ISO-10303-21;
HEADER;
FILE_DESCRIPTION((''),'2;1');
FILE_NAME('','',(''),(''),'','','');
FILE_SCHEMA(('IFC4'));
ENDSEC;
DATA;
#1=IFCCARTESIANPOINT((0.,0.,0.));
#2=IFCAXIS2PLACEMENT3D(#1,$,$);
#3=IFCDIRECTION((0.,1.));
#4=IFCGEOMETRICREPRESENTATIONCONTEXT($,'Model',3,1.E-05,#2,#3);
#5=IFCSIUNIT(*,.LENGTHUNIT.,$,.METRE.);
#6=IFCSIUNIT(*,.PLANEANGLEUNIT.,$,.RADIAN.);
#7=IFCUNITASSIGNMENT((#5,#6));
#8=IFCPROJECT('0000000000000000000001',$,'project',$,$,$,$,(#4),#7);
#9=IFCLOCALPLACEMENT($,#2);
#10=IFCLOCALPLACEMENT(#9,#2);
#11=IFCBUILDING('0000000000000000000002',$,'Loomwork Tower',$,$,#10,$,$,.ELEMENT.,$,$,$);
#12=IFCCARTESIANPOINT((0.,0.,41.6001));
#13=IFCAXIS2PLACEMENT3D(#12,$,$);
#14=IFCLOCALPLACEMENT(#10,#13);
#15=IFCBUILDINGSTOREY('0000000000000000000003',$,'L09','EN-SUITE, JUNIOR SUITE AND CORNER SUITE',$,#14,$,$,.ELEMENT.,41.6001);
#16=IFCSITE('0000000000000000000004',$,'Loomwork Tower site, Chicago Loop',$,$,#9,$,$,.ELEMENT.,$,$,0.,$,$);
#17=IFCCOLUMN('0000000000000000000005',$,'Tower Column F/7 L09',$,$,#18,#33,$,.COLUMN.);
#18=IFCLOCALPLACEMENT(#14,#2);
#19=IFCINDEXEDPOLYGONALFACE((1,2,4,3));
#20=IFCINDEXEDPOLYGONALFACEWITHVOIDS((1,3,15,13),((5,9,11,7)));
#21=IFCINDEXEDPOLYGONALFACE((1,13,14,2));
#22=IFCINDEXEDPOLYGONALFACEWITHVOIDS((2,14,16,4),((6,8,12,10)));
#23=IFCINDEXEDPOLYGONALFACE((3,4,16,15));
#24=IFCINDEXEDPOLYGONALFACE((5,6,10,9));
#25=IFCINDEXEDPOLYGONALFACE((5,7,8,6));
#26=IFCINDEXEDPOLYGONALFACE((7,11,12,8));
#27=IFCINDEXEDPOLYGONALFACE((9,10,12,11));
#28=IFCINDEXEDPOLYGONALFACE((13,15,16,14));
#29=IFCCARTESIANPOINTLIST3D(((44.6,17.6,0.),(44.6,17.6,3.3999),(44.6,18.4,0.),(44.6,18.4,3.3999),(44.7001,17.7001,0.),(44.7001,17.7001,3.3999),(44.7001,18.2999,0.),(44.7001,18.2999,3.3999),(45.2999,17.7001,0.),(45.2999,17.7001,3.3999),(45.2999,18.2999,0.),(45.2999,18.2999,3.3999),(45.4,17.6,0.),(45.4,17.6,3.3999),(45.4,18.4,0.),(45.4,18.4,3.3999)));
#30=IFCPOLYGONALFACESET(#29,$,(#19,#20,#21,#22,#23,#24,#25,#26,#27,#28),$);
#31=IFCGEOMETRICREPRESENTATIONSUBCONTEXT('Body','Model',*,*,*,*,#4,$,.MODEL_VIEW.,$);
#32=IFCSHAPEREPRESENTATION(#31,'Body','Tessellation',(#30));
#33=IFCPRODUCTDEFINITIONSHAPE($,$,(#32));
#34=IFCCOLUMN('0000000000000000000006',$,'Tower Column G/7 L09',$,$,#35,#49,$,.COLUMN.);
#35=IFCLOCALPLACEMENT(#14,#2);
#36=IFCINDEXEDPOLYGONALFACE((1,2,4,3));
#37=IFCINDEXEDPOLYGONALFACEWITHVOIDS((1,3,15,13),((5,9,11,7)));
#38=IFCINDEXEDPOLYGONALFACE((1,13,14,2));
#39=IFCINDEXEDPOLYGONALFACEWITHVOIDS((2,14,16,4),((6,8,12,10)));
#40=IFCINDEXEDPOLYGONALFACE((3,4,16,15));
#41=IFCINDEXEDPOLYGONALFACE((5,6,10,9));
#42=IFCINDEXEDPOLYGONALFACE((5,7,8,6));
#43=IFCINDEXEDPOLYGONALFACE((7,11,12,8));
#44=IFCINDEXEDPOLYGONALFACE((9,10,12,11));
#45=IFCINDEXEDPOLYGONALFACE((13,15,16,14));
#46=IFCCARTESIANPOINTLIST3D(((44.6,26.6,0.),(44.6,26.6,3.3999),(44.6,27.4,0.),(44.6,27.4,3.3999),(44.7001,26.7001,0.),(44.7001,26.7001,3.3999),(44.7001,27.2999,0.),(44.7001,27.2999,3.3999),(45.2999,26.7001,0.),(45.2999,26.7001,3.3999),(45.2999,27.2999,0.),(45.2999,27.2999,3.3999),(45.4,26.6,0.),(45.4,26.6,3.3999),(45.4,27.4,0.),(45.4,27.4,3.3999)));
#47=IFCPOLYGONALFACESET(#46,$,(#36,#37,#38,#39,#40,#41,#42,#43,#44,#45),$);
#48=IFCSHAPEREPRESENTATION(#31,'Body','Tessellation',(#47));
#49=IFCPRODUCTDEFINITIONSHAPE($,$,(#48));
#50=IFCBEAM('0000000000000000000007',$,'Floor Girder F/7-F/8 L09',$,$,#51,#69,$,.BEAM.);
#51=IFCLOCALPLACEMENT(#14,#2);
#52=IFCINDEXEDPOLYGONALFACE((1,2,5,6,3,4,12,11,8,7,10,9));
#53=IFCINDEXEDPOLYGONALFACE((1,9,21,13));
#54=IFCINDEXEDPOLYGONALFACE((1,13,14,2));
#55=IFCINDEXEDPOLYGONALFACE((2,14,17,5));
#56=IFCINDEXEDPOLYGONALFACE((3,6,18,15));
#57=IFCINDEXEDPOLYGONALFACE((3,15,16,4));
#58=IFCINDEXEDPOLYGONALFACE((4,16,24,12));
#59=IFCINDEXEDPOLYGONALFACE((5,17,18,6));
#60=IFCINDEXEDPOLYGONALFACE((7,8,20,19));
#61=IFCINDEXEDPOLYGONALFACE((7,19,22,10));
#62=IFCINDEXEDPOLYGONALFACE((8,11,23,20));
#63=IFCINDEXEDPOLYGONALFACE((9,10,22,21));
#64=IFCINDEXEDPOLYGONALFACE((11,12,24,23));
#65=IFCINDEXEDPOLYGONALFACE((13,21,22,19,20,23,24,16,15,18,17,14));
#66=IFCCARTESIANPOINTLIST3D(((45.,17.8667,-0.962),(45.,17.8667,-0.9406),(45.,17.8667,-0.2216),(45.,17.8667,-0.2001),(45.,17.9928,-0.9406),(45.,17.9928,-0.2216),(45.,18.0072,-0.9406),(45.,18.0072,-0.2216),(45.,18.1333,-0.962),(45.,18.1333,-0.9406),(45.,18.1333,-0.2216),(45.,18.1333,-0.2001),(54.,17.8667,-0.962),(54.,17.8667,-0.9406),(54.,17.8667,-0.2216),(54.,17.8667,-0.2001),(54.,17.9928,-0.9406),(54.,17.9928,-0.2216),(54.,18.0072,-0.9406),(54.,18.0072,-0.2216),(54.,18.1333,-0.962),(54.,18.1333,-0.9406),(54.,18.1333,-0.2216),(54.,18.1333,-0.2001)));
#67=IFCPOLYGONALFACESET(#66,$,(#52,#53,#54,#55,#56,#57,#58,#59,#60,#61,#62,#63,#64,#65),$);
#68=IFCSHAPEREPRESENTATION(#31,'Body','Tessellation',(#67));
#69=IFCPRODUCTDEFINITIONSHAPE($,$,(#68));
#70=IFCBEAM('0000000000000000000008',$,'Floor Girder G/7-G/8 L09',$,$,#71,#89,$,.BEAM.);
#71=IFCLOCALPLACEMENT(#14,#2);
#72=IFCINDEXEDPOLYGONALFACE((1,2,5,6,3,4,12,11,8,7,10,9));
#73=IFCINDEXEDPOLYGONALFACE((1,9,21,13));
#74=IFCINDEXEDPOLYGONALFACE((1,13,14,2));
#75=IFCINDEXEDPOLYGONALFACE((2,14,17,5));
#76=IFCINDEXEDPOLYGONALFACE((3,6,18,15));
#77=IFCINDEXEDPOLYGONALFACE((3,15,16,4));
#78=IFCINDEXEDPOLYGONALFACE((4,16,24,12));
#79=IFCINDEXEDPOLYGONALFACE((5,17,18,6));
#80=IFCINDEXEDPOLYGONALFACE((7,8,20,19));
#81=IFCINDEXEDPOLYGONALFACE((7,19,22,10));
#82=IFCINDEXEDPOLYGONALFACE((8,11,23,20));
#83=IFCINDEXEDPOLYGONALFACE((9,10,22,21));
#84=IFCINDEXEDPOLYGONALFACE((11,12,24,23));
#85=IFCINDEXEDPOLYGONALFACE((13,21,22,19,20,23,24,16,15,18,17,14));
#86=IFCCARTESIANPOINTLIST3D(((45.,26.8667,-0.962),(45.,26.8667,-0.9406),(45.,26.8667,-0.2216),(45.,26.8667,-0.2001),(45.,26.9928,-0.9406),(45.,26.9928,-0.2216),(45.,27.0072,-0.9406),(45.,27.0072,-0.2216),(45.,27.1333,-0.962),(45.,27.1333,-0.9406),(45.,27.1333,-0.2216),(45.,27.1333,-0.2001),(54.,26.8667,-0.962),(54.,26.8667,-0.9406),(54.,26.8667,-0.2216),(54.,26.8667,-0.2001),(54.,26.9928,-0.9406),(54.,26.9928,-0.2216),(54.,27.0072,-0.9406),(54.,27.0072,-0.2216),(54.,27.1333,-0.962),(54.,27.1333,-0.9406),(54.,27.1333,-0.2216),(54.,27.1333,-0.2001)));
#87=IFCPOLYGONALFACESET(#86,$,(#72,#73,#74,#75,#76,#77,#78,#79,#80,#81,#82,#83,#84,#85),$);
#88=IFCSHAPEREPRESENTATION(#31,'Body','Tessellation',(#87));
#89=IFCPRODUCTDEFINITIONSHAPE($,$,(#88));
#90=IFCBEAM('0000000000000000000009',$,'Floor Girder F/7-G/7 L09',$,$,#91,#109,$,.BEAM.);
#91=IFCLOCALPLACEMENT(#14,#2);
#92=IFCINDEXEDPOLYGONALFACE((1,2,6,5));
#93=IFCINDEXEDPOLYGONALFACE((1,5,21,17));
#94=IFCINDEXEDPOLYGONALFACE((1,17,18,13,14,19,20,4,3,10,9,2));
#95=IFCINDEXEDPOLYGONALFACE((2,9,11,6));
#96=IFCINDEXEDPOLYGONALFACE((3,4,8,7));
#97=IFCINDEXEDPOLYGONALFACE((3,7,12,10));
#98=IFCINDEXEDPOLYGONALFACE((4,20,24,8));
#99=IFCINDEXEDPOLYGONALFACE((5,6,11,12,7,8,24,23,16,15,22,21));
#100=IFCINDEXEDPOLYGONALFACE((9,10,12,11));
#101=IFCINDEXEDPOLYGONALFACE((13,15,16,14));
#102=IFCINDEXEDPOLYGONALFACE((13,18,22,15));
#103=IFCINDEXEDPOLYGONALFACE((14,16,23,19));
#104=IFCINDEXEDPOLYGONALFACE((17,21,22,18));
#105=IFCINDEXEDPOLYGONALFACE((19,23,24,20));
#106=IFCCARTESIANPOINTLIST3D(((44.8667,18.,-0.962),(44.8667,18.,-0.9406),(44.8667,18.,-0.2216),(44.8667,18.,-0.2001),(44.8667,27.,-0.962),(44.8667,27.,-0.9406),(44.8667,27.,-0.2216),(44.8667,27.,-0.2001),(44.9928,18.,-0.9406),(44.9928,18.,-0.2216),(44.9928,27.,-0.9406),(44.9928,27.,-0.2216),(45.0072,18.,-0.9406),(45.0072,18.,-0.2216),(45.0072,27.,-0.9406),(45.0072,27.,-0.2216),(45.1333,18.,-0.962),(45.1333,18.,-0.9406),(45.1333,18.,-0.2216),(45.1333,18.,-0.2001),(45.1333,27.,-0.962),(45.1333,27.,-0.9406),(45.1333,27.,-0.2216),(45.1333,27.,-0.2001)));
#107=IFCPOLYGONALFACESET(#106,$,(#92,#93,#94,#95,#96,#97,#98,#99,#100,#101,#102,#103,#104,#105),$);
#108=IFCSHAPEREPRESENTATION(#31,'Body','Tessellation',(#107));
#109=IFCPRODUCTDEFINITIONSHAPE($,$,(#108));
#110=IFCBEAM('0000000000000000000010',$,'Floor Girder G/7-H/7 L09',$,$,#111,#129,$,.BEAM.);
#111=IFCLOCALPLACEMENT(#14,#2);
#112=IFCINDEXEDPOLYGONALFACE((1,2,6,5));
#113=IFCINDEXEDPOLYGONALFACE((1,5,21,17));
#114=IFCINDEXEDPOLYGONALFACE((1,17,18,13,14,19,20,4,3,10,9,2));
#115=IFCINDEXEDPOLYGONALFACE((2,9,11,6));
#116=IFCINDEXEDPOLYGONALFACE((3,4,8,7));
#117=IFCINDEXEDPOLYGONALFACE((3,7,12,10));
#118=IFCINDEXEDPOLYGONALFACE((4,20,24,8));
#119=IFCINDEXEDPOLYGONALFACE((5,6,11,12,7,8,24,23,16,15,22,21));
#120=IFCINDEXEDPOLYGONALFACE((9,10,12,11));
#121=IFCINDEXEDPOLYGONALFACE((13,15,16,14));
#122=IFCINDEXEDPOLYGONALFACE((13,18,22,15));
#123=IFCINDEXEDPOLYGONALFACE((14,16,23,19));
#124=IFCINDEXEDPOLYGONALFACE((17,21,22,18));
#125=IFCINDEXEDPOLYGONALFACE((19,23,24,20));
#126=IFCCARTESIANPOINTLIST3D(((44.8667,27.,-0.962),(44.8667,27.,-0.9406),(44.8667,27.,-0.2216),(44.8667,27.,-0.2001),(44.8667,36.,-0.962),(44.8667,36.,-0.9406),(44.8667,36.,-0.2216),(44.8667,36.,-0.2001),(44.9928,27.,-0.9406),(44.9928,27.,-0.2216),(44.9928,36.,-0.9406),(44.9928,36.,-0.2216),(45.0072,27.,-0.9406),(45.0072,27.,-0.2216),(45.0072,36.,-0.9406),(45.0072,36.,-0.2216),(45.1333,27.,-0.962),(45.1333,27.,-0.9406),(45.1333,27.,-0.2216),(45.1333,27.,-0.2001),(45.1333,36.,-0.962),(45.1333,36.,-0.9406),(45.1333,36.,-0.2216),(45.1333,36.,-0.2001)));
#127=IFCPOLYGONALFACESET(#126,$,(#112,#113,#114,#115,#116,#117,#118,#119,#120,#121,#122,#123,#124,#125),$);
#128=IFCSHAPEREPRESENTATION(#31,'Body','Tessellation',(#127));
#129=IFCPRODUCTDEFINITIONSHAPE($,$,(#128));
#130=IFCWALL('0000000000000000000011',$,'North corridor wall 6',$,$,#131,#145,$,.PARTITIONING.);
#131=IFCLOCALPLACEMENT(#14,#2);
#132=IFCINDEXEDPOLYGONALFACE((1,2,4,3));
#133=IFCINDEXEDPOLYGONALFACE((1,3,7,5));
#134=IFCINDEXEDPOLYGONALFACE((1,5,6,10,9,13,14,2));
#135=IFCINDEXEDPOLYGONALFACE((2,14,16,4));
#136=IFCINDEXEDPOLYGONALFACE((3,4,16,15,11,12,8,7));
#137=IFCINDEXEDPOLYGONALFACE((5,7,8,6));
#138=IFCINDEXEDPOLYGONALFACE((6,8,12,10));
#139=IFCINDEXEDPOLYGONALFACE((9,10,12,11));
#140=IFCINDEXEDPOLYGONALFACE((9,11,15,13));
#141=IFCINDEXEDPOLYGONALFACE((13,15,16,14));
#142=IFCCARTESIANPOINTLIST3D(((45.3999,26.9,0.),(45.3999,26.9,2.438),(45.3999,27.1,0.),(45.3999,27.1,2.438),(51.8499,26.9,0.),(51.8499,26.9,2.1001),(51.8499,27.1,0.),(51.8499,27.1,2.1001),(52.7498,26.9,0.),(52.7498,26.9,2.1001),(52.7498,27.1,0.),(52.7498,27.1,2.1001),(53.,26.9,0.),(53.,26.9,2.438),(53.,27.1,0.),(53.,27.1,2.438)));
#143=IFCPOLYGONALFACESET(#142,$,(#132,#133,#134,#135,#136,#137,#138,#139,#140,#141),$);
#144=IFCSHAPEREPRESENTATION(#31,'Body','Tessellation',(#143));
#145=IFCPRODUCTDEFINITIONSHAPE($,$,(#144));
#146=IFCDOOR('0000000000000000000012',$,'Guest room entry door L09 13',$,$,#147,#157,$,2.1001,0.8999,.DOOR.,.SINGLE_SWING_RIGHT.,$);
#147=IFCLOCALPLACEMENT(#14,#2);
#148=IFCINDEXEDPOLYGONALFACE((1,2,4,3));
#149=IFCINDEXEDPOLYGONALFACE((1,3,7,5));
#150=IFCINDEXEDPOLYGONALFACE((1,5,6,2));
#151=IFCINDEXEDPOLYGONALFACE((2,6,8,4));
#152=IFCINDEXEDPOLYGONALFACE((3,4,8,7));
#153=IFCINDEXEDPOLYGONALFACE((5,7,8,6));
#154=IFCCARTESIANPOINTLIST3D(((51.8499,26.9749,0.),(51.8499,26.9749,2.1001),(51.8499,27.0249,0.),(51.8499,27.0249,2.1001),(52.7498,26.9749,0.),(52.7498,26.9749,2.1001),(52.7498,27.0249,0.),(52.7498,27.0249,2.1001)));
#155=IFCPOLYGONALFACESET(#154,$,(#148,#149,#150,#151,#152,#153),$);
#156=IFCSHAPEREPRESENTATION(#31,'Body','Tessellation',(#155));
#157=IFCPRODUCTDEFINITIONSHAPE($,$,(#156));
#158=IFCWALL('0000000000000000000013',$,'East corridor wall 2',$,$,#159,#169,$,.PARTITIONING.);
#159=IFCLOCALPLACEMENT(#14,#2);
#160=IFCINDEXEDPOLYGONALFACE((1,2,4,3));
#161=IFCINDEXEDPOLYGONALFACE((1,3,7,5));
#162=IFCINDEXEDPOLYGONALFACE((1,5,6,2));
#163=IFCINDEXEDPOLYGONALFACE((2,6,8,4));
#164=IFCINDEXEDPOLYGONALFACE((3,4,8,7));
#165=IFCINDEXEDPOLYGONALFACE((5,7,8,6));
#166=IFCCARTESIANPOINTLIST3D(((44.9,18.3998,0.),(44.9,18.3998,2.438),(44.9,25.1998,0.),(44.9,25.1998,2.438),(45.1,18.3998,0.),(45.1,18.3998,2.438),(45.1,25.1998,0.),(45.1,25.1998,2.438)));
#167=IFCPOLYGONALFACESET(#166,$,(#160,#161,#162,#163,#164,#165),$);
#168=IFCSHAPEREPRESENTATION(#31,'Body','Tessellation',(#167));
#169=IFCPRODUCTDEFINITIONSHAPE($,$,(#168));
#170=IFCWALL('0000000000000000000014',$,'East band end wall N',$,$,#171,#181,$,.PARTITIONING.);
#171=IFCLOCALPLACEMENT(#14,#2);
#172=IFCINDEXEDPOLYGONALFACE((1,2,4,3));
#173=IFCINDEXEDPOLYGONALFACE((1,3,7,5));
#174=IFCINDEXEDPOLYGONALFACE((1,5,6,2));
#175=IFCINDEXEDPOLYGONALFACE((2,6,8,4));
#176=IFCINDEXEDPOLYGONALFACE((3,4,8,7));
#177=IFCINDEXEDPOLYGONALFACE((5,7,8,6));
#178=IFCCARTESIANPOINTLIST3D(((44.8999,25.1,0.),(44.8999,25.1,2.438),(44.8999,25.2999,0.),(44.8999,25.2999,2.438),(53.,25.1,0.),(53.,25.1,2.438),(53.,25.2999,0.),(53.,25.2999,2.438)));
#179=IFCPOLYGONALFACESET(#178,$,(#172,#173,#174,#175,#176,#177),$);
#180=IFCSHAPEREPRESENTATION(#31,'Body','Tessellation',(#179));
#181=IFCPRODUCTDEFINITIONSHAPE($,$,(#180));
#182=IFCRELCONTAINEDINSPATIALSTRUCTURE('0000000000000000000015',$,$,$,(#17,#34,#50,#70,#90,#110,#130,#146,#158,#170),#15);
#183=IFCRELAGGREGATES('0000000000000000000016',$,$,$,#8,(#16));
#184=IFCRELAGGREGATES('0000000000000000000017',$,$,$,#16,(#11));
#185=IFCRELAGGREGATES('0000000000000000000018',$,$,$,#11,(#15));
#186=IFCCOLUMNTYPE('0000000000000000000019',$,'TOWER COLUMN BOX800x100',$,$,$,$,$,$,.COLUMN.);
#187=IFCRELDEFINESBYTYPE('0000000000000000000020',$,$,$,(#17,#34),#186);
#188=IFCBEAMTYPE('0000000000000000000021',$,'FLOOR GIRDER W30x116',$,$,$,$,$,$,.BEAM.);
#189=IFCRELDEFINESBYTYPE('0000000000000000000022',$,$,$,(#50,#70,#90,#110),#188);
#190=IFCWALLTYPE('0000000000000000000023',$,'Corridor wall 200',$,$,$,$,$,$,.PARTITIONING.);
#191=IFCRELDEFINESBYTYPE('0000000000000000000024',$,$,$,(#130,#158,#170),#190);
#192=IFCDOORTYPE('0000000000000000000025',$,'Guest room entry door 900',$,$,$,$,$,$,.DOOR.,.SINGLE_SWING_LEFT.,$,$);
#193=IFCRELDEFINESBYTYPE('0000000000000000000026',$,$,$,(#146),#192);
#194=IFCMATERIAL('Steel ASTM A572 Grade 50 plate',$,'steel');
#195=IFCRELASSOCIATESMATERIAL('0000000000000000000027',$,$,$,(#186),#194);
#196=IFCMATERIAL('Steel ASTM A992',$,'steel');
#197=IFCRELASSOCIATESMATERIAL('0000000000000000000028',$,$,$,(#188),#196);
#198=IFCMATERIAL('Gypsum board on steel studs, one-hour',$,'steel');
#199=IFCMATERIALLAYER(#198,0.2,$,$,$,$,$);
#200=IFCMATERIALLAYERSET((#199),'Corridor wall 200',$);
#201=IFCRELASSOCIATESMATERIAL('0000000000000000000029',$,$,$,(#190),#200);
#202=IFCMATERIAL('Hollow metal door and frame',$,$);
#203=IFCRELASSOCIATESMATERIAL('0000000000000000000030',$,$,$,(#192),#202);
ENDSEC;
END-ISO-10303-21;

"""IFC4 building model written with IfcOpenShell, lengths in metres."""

from ifc_helpers import new_model, si_unit, direction, frame, frame_2d, origin, origin_2d, place, context, subcontext, project, spatial, rectangle, hollow_rectangle, i_section, extrude, material, layer, layer_set, material_profile, profile_set, type_object, element, fill, save


model = new_model("IFC4")

# Units and contexts
model_context = context("Model", 3, precision=1e-05, world=origin(), true_north=direction((0.0, 1.0)))
body_context = subcontext(model_context, "Body", "Model", "MODEL_VIEW")
ifc_project = project(units=[si_unit("LENGTHUNIT", "METRE"), si_unit("PLANEANGLEUNIT", "RADIAN")], contexts=[model_context])

# Site, building, storey
site_placement = place(None, origin())
site = spatial("IfcSite", under=ifc_project, at=site_placement, Name="Loomwork Tower site, Chicago Loop", CompositionType="ELEMENT", RefElevation=0.0)
building_placement = place(site_placement, origin())
building = spatial("IfcBuilding", under=site, at=building_placement, Name="Loomwork Tower", CompositionType="ELEMENT")
storey_placement = place(building_placement, frame((0.0, 0.0, 41.6001)))
storey = spatial("IfcBuildingStorey", under=building, at=storey_placement, Name="L09", Description="EN-SUITE, JUNIOR SUITE AND CORNER SUITE", CompositionType="ELEMENT", Elevation=41.6001)

# Columns
ifc_material_1 = material(Name="Steel ASTM A572 Grade 50 plate", Category="steel")
ifc_material_profile_1 = material_profile(ifc_material_1, hollow_rectangle(XDim=0.8, YDim=0.8, WallThickness=0.1001, at=origin_2d()), Name="BOX800x100")
ifc_profile_set_1 = profile_set([ifc_material_profile_1], Name="Steel ASTM A572 Grade 50 plate")
column_type = type_object("IfcColumnType", Name="TOWER COLUMN BOX800x100", PredefinedType="COLUMN", material=ifc_profile_set_1)
for number, where, z_axis, x_axis, name in (
    (1, (45.0, 18.0, 0.0), (0.0, 0.0, 1.0), (0.0, 1.0, 0.0), "Tower Column F/7 L09"),
    (2, (45.0, 27.0, 0.0), (0.0, 0.0, 1.0), (0.0, 1.0, 0.0), "Tower Column G/7 L09"),
):
    element("IfcColumn", number, at=place(storey_placement, frame(where, z_axis=z_axis, x_axis=x_axis)), inside=storey, type_object=column_type, Name=name, PredefinedType="COLUMN", context=body_context, shape_type="SweptSolid", body=[
        extrude(hollow_rectangle(XDim=0.8, YDim=0.8, WallThickness=0.1001, at=origin_2d()), origin(), (0.0, 0.0, 1.0), 3.3999),
    ])

# Beams
ifc_material_2 = material(Name="Steel ASTM A992", Category="steel")
ifc_material_profile_2 = material_profile(ifc_material_2, i_section(OverallWidth=0.2666, OverallDepth=0.762, WebThickness=0.0144, FlangeThickness=0.0215, at=origin_2d()), Name="W30x116")
ifc_profile_set_2 = profile_set([ifc_material_profile_2], Name="Steel ASTM A992")
beam_type = type_object("IfcBeamType", Name="FLOOR GIRDER W30x116", PredefinedType="BEAM", material=ifc_profile_set_2)
for number, where, z_axis, x_axis, name in (
    (3, (45.0, 18.0, -0.5811), (1.0, 0.0, 0.0), (0.0, 1.0, 0.0), "Floor Girder F/7-F/8 L09"),
    (4, (45.0, 27.0, -0.5811), (1.0, 0.0, 0.0), (0.0, 1.0, 0.0), "Floor Girder G/7-G/8 L09"),
    (5, (45.0, 18.0, -0.5811), (0.0, 1.0, 0.0), (-1.0, 0.0, 0.0), "Floor Girder F/7-G/7 L09"),
    (6, (45.0, 27.0, -0.5811), (0.0, 1.0, 0.0), (-1.0, 0.0, 0.0), "Floor Girder G/7-H/7 L09"),
):
    element("IfcBeam", number, at=place(storey_placement, frame(where, z_axis=z_axis, x_axis=x_axis)), inside=storey, type_object=beam_type, Name=name, PredefinedType="BEAM", context=body_context, shape_type="SweptSolid", body=[
        extrude(i_section(OverallWidth=0.2666, OverallDepth=0.762, WebThickness=0.0144, FlangeThickness=0.0215, at=origin_2d()), origin(), (0.0, 0.0, 1.0), 9.0),
    ])

# Wall, opening, door
ifc_material_3 = material(Name="Gypsum board on steel studs, one-hour", Category="steel")
ifc_layer_1 = layer(ifc_material_3, 0.2)
ifc_layer_set_1 = layer_set([ifc_layer_1], Name="Corridor wall 200")
wall_type_1 = type_object("IfcWallType", Name="Corridor wall 200", PredefinedType="PARTITIONING", material=ifc_layer_set_1)
wall_1_placement = place(storey_placement, frame((45.3999, 27.0, 0.0), z_axis=(0.0, 0.0, 1.0), x_axis=(1.0, 0.0, 0.0)))
wall_1 = element("IfcWall", 7, at=wall_1_placement, inside=storey, type_object=wall_type_1, Name="North corridor wall 6", PredefinedType="PARTITIONING", context=body_context, shape_type="SweptSolid", body=[
    extrude(rectangle(XDim=7.6001, YDim=0.2, at=frame_2d((3.8, 0.0))), origin(), (0.0, 0.0, 1.0), 2.438),
])
opening_1_placement = place(wall_1_placement, frame((6.45, 0.0, 0.0)))
opening_1 = element("IfcOpeningElement", 8, at=opening_1_placement, cuts=wall_1, PredefinedType="OPENING", context=body_context, shape_type="SweptSolid", body=[
    extrude(rectangle(XDim=0.8999, YDim=2.1001, at=frame_2d((0.45, 1.05))), frame((0.0, 0.1099, 0.0), z_axis=(0.0, -1.0, 0.0), x_axis=(1.0, 0.0, 0.0)), (0.0, 0.0, 1.0), 0.22),
])
ifc_material_4 = material(Name="Hollow metal door and frame")
door_type_1 = type_object("IfcDoorType", Name="Guest room entry door 900", OperationType="SINGLE_SWING_LEFT", PredefinedType="DOOR", material=ifc_material_4)
door_1_placement = place(opening_1_placement, origin())
door_1 = element("IfcDoor", 9, at=door_1_placement, inside=storey, type_object=door_type_1, Name="Guest room entry door L09 13", OperationType="SINGLE_SWING_RIGHT", OverallHeight=2.1001, OverallWidth=0.8999, PredefinedType="DOOR", context=body_context, shape_type="SweptSolid", body=[
    extrude(rectangle(XDim=0.8999, YDim=2.1001, at=frame_2d((0.45, 1.05))), frame((0.0, 0.0249, 0.0), z_axis=(0.0, -1.0, 0.0), x_axis=(1.0, 0.0, 0.0)), (0.0, 0.0, 1.0), 0.05),
])
fill(opening_1, door_1)

# Walls
wall_2_placement = place(storey_placement, frame((45.0, 18.3999, 0.0), z_axis=(0.0, 0.0, 1.0), x_axis=(0.0, 1.0, 0.0)))
element("IfcWall", 10, at=wall_2_placement, inside=storey, type_object=wall_type_1, Name="East corridor wall 2", PredefinedType="PARTITIONING", context=body_context, shape_type="SweptSolid", body=[
    extrude(rectangle(XDim=6.8, YDim=0.2, at=frame_2d((3.3999, 0.0))), origin(), (0.0, 0.0, 1.0), 2.438),
])
wall_3_placement = place(storey_placement, frame((44.8999, 25.2, 0.0), z_axis=(0.0, 0.0, 1.0), x_axis=(1.0, 0.0, 0.0)))
element("IfcWall", 11, at=wall_3_placement, inside=storey, type_object=wall_type_1, Name="East band end wall N", PredefinedType="PARTITIONING", context=body_context, shape_type="SweptSolid", body=[
    extrude(rectangle(XDim=8.1001, YDim=0.2, at=frame_2d((4.05, 0.0))), origin(), (0.0, 0.0, 1.0), 2.438),
])

save(model, "model.ifc")
